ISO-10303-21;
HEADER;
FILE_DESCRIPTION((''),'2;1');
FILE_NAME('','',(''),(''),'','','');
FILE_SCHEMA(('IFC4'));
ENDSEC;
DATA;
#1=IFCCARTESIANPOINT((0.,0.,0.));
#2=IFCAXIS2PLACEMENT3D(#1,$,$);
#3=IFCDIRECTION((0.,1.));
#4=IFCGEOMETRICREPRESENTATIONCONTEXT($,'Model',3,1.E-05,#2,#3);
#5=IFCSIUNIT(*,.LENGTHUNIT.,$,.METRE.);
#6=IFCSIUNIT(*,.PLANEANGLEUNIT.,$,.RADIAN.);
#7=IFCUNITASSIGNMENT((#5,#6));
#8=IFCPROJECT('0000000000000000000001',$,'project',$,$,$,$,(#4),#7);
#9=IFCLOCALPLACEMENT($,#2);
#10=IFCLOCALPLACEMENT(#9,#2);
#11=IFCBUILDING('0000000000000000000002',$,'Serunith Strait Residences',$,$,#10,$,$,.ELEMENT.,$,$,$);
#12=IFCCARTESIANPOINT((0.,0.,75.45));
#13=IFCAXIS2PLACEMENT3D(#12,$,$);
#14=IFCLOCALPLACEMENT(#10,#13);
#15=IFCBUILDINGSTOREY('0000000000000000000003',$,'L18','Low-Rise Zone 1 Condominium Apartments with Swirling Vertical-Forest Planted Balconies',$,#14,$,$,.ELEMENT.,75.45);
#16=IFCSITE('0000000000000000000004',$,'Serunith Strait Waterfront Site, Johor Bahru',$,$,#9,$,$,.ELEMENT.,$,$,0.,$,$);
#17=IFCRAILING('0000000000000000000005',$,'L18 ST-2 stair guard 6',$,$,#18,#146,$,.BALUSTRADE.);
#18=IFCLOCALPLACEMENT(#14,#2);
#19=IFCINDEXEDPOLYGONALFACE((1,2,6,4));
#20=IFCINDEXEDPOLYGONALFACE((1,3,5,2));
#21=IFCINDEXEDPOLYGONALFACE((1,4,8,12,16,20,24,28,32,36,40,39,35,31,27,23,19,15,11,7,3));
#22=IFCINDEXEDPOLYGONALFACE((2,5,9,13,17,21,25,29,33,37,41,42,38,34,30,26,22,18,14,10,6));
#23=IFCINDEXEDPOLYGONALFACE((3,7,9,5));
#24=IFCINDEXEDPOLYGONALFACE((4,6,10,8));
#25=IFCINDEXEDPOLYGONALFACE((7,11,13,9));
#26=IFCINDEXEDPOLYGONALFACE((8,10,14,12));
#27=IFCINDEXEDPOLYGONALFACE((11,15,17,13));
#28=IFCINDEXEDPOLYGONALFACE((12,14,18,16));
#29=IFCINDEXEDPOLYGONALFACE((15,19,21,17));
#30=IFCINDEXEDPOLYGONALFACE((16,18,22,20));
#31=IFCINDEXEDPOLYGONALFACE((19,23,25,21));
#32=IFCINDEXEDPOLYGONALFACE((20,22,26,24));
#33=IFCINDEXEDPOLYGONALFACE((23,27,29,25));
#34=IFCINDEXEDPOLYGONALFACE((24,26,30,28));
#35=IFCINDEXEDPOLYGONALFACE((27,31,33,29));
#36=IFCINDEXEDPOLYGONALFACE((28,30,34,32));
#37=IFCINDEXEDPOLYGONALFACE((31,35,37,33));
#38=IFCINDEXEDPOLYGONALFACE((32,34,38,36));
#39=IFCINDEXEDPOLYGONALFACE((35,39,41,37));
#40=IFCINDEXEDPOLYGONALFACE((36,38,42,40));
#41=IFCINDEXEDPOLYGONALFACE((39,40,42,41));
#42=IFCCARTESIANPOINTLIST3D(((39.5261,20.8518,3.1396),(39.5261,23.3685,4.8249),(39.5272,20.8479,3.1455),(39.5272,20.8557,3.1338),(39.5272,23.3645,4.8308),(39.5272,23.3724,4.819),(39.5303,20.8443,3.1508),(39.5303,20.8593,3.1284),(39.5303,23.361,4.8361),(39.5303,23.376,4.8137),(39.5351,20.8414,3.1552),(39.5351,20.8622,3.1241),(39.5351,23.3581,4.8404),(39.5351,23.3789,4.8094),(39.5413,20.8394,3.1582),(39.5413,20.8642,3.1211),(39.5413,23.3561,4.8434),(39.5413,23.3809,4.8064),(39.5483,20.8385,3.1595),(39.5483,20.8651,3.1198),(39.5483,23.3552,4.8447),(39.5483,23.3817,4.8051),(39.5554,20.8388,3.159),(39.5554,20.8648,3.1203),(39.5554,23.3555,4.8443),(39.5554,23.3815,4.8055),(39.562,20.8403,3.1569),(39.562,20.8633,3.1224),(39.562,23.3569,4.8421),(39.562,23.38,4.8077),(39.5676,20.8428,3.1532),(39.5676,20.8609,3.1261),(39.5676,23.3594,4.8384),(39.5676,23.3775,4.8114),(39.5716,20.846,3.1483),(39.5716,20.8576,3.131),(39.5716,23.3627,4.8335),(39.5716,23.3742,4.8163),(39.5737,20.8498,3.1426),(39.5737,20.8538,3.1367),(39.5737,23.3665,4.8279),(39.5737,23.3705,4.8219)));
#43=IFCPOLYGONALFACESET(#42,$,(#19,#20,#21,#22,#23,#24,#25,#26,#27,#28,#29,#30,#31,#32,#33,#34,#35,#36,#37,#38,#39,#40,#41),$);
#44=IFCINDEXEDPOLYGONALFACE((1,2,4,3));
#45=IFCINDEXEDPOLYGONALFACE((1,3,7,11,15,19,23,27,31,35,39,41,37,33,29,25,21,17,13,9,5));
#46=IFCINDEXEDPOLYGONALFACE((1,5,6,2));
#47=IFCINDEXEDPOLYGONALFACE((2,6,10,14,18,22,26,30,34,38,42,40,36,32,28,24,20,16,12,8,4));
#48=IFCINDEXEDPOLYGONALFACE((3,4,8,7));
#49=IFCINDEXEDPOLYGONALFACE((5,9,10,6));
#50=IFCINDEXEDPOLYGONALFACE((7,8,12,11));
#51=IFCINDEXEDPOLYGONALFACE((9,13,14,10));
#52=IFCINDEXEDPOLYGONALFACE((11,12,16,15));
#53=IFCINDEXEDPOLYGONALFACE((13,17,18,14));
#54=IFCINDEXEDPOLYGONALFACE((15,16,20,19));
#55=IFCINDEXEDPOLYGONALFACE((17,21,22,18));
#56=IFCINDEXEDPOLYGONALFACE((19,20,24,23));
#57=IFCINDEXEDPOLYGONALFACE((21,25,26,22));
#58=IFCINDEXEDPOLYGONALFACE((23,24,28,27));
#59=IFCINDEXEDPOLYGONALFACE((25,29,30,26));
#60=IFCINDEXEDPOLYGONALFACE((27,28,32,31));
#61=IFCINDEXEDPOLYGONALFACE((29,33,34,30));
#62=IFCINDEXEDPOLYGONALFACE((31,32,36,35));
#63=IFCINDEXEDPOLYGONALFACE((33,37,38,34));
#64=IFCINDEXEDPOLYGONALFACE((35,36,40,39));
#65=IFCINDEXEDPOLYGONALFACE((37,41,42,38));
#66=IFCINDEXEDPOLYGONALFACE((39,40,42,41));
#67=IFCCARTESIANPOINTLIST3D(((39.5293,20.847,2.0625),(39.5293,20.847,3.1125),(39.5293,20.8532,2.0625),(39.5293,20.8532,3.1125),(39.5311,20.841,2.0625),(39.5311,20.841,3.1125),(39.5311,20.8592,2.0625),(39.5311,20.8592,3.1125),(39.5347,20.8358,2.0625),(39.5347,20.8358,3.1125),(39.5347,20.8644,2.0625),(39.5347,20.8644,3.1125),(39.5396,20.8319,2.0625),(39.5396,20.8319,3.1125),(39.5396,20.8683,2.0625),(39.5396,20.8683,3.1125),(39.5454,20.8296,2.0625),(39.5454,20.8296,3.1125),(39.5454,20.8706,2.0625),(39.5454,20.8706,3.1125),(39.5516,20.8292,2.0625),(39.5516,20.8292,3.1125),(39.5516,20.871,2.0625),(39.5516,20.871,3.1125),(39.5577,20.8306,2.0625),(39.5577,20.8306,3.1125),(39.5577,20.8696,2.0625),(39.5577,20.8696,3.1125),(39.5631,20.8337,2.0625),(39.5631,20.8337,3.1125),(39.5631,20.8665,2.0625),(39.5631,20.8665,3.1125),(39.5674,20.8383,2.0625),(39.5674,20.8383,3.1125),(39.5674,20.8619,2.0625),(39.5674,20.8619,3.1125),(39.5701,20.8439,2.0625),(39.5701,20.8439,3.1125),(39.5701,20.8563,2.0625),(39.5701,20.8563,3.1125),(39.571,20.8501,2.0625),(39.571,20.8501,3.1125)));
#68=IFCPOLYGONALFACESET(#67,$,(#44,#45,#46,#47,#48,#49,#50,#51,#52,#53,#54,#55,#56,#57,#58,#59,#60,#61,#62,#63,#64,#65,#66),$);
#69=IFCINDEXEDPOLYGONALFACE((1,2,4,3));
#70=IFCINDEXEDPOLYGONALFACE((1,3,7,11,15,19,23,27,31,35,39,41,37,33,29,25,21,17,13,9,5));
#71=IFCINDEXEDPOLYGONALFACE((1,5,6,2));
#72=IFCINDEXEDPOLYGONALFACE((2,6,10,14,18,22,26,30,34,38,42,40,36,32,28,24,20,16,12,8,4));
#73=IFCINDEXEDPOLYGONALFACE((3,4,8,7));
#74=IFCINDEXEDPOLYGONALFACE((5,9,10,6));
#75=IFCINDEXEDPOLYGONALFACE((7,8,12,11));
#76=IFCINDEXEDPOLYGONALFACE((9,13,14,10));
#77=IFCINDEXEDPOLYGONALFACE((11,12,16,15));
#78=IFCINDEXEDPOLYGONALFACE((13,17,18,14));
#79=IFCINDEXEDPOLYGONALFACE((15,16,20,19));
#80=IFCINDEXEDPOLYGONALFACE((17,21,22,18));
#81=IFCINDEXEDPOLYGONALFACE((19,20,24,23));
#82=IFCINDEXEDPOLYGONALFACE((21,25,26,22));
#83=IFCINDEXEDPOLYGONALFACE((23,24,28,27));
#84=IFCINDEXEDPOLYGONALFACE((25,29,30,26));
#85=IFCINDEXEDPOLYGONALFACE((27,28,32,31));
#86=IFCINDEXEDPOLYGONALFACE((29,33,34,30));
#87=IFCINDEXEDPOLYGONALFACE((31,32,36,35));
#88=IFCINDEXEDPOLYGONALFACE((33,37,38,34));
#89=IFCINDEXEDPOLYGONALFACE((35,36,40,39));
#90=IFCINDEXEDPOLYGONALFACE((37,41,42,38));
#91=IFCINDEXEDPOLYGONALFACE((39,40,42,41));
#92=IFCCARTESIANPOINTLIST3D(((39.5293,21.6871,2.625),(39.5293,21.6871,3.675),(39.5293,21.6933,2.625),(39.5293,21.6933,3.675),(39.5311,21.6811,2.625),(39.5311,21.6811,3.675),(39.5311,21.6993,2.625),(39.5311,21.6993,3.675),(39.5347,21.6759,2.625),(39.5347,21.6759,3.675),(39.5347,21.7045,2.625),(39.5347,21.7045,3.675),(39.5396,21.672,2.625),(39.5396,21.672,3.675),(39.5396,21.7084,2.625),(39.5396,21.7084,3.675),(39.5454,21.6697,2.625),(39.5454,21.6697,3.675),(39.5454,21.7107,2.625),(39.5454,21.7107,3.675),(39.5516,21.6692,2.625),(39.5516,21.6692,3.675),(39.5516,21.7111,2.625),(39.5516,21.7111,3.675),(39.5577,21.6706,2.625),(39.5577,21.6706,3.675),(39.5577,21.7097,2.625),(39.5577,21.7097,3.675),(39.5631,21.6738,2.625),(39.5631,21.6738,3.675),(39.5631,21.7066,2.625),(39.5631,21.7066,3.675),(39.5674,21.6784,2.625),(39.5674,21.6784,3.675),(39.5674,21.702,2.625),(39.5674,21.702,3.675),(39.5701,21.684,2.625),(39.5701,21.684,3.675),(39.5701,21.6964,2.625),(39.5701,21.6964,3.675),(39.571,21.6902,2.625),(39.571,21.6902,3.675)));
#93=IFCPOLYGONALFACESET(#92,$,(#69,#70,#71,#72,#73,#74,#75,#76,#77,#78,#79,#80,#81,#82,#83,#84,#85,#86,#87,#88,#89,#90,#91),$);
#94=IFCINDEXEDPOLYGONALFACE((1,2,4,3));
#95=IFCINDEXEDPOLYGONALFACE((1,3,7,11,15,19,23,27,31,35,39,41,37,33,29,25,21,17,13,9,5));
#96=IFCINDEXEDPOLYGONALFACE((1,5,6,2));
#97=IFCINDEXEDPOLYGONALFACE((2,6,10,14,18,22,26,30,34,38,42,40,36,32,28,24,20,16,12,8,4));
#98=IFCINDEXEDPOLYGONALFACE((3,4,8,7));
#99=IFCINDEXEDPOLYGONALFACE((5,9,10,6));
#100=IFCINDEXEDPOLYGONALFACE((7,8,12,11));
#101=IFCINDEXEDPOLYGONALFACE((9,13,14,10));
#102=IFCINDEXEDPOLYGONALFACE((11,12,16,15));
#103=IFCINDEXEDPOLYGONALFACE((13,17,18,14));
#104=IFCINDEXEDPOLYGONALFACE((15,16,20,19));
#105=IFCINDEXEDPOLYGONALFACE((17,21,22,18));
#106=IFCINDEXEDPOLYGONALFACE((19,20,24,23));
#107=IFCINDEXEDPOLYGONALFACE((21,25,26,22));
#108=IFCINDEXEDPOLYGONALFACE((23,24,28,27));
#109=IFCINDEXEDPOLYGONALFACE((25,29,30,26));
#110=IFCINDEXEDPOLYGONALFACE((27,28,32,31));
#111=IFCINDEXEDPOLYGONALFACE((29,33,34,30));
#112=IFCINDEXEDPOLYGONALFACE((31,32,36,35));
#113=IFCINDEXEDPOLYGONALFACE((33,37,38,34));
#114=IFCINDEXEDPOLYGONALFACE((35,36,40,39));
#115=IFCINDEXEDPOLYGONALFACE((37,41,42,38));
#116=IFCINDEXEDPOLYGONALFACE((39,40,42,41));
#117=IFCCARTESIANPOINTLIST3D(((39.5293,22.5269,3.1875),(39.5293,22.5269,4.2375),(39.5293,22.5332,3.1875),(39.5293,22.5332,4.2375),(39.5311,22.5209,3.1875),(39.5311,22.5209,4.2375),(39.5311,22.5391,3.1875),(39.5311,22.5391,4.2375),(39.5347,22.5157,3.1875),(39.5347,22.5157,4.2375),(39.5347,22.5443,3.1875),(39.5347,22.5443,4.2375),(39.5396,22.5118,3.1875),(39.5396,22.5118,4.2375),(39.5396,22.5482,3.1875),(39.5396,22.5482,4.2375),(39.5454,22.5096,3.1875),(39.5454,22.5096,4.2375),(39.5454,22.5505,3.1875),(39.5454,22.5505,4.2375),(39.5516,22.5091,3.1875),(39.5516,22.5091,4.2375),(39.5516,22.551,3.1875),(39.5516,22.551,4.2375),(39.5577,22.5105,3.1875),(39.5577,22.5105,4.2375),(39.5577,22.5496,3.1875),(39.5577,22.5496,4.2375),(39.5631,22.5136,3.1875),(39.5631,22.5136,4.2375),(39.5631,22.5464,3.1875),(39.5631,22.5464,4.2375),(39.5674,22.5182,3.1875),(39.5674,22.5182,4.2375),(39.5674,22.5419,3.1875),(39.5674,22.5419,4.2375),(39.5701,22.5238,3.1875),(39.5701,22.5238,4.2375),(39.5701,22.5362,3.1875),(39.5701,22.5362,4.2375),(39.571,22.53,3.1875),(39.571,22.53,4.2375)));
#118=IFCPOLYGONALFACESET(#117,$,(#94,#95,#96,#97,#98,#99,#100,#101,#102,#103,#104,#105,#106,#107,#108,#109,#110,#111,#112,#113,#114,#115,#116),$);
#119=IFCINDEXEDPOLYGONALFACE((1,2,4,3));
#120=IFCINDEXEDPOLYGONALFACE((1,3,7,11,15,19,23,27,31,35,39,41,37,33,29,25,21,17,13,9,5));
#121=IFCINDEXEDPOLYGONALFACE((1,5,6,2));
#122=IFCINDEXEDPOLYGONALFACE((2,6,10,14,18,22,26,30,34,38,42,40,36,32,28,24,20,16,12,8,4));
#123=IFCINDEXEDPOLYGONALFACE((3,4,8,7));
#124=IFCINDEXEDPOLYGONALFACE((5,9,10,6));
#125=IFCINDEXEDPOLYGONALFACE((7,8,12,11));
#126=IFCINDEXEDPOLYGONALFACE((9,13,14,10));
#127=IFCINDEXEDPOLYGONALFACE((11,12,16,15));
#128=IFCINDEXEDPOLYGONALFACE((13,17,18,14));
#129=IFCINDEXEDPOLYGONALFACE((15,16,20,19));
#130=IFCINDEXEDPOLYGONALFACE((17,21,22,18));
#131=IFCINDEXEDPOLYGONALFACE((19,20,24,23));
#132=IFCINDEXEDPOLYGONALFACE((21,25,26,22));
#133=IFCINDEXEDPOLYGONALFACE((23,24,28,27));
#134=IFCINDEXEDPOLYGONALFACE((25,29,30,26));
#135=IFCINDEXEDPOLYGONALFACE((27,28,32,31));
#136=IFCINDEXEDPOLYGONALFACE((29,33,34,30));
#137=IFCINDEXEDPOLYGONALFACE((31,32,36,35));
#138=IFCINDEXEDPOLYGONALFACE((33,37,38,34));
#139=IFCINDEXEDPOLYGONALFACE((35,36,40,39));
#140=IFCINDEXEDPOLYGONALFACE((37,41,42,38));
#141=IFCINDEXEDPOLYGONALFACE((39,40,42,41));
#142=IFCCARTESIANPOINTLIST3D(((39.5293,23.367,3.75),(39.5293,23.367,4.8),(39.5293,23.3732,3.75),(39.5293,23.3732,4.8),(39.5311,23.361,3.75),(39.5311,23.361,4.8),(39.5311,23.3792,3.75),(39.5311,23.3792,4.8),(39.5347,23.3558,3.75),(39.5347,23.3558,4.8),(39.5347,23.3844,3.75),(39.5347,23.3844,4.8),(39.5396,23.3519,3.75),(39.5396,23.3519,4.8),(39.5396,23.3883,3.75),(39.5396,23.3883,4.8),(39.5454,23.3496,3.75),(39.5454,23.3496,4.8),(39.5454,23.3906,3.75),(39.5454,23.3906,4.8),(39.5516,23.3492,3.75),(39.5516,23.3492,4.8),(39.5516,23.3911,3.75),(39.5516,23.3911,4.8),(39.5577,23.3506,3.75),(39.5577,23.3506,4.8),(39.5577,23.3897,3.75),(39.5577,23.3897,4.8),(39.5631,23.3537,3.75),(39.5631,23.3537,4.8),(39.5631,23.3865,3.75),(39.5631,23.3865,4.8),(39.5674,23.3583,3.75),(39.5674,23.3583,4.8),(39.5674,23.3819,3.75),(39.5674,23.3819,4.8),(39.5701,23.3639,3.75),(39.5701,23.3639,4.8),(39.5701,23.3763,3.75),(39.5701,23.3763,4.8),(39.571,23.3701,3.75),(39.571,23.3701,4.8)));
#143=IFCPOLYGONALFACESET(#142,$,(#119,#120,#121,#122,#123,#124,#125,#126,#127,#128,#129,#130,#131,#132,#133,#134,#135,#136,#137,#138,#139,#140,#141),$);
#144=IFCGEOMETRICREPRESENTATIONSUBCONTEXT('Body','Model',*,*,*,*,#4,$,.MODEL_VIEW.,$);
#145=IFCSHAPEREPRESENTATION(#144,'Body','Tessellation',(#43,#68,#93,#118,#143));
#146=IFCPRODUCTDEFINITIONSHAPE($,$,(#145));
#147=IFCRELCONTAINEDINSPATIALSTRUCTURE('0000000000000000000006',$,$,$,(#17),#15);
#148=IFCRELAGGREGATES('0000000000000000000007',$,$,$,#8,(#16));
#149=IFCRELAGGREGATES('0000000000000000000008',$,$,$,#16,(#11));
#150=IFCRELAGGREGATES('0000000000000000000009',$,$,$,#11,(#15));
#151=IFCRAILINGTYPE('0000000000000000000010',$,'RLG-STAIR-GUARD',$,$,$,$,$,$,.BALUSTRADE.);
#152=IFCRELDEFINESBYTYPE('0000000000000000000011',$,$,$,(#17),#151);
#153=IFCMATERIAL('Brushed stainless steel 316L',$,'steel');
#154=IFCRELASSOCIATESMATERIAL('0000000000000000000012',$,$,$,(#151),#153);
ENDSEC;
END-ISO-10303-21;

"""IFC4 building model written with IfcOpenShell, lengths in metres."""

from ifc_helpers import new_model, si_unit, direction, frame, origin, origin_2d, place, context, subcontext, project, spatial, circle, extrude, material, type_object, element, save


model = new_model("IFC4")

# Units and contexts
model_context = context("Model", 3, precision=1e-05, world=origin(), true_north=direction((0.0, 1.0)))
body_context = subcontext(model_context, "Body", "Model", "MODEL_VIEW")
ifc_project = project(units=[si_unit("LENGTHUNIT", "METRE"), si_unit("PLANEANGLEUNIT", "RADIAN")], contexts=[model_context])

# Site, building, storey
site_placement = place(None, origin())
site = spatial("IfcSite", under=ifc_project, at=site_placement, Name="Serunith Strait Waterfront Site, Johor Bahru", CompositionType="ELEMENT", RefElevation=0.0)
building_placement = place(site_placement, origin())
building = spatial("IfcBuilding", under=site, at=building_placement, Name="Serunith Strait Residences", CompositionType="ELEMENT")
storey_placement = place(building_placement, frame((0.0, 0.0, 75.45)))
storey = spatial("IfcBuildingStorey", under=building, at=storey_placement, Name="L18", Description="Low-Rise Zone 1 Condominium Apartments with Swirling Vertical-Forest Planted Balconies", CompositionType="ELEMENT", Elevation=75.45)

# Railing
ifc_material_1 = material(Name="Brushed stainless steel 316L", Category="steel")
railing_type_1 = type_object("IfcRailingType", Name="RLG-STAIR-GUARD", PredefinedType="BALUSTRADE", material=ifc_material_1)
railing_1_placement = place(storey_placement, frame((39.55, 20.8501, 2.0625)))
element("IfcRailing", 1, at=railing_1_placement, inside=storey, type_object=railing_type_1, Name="L18 ST-2 stair guard 6", PredefinedType="BALUSTRADE", context=body_context, shape_type="SweptSolid", body=[
    extrude(circle(Radius=0.0239, at=origin_2d()), frame((0.0, 0.0017, 1.0771), z_axis=(0.0, 0.830909, 0.556408), x_axis=(-1.0, 0.0, 0.0)), (0.0, 0.0, 1.0), 3.0288),
    extrude(circle(Radius=0.021, at=origin_2d()), origin(), (0.0, 0.0, 1.0), 1.05),
    extrude(circle(Radius=0.021, at=origin_2d()), frame((0.0, 0.8401, 0.5625)), (0.0, 0.0, 1.0), 1.05),
    extrude(circle(Radius=0.021, at=origin_2d()), frame((0.0, 1.6799, 1.125)), (0.0, 0.0, 1.0), 1.05),
    extrude(circle(Radius=0.021, at=origin_2d()), frame((0.0, 2.52, 1.6875)), (0.0, 0.0, 1.0), 1.05),
])

save(model, "model.ifc")
